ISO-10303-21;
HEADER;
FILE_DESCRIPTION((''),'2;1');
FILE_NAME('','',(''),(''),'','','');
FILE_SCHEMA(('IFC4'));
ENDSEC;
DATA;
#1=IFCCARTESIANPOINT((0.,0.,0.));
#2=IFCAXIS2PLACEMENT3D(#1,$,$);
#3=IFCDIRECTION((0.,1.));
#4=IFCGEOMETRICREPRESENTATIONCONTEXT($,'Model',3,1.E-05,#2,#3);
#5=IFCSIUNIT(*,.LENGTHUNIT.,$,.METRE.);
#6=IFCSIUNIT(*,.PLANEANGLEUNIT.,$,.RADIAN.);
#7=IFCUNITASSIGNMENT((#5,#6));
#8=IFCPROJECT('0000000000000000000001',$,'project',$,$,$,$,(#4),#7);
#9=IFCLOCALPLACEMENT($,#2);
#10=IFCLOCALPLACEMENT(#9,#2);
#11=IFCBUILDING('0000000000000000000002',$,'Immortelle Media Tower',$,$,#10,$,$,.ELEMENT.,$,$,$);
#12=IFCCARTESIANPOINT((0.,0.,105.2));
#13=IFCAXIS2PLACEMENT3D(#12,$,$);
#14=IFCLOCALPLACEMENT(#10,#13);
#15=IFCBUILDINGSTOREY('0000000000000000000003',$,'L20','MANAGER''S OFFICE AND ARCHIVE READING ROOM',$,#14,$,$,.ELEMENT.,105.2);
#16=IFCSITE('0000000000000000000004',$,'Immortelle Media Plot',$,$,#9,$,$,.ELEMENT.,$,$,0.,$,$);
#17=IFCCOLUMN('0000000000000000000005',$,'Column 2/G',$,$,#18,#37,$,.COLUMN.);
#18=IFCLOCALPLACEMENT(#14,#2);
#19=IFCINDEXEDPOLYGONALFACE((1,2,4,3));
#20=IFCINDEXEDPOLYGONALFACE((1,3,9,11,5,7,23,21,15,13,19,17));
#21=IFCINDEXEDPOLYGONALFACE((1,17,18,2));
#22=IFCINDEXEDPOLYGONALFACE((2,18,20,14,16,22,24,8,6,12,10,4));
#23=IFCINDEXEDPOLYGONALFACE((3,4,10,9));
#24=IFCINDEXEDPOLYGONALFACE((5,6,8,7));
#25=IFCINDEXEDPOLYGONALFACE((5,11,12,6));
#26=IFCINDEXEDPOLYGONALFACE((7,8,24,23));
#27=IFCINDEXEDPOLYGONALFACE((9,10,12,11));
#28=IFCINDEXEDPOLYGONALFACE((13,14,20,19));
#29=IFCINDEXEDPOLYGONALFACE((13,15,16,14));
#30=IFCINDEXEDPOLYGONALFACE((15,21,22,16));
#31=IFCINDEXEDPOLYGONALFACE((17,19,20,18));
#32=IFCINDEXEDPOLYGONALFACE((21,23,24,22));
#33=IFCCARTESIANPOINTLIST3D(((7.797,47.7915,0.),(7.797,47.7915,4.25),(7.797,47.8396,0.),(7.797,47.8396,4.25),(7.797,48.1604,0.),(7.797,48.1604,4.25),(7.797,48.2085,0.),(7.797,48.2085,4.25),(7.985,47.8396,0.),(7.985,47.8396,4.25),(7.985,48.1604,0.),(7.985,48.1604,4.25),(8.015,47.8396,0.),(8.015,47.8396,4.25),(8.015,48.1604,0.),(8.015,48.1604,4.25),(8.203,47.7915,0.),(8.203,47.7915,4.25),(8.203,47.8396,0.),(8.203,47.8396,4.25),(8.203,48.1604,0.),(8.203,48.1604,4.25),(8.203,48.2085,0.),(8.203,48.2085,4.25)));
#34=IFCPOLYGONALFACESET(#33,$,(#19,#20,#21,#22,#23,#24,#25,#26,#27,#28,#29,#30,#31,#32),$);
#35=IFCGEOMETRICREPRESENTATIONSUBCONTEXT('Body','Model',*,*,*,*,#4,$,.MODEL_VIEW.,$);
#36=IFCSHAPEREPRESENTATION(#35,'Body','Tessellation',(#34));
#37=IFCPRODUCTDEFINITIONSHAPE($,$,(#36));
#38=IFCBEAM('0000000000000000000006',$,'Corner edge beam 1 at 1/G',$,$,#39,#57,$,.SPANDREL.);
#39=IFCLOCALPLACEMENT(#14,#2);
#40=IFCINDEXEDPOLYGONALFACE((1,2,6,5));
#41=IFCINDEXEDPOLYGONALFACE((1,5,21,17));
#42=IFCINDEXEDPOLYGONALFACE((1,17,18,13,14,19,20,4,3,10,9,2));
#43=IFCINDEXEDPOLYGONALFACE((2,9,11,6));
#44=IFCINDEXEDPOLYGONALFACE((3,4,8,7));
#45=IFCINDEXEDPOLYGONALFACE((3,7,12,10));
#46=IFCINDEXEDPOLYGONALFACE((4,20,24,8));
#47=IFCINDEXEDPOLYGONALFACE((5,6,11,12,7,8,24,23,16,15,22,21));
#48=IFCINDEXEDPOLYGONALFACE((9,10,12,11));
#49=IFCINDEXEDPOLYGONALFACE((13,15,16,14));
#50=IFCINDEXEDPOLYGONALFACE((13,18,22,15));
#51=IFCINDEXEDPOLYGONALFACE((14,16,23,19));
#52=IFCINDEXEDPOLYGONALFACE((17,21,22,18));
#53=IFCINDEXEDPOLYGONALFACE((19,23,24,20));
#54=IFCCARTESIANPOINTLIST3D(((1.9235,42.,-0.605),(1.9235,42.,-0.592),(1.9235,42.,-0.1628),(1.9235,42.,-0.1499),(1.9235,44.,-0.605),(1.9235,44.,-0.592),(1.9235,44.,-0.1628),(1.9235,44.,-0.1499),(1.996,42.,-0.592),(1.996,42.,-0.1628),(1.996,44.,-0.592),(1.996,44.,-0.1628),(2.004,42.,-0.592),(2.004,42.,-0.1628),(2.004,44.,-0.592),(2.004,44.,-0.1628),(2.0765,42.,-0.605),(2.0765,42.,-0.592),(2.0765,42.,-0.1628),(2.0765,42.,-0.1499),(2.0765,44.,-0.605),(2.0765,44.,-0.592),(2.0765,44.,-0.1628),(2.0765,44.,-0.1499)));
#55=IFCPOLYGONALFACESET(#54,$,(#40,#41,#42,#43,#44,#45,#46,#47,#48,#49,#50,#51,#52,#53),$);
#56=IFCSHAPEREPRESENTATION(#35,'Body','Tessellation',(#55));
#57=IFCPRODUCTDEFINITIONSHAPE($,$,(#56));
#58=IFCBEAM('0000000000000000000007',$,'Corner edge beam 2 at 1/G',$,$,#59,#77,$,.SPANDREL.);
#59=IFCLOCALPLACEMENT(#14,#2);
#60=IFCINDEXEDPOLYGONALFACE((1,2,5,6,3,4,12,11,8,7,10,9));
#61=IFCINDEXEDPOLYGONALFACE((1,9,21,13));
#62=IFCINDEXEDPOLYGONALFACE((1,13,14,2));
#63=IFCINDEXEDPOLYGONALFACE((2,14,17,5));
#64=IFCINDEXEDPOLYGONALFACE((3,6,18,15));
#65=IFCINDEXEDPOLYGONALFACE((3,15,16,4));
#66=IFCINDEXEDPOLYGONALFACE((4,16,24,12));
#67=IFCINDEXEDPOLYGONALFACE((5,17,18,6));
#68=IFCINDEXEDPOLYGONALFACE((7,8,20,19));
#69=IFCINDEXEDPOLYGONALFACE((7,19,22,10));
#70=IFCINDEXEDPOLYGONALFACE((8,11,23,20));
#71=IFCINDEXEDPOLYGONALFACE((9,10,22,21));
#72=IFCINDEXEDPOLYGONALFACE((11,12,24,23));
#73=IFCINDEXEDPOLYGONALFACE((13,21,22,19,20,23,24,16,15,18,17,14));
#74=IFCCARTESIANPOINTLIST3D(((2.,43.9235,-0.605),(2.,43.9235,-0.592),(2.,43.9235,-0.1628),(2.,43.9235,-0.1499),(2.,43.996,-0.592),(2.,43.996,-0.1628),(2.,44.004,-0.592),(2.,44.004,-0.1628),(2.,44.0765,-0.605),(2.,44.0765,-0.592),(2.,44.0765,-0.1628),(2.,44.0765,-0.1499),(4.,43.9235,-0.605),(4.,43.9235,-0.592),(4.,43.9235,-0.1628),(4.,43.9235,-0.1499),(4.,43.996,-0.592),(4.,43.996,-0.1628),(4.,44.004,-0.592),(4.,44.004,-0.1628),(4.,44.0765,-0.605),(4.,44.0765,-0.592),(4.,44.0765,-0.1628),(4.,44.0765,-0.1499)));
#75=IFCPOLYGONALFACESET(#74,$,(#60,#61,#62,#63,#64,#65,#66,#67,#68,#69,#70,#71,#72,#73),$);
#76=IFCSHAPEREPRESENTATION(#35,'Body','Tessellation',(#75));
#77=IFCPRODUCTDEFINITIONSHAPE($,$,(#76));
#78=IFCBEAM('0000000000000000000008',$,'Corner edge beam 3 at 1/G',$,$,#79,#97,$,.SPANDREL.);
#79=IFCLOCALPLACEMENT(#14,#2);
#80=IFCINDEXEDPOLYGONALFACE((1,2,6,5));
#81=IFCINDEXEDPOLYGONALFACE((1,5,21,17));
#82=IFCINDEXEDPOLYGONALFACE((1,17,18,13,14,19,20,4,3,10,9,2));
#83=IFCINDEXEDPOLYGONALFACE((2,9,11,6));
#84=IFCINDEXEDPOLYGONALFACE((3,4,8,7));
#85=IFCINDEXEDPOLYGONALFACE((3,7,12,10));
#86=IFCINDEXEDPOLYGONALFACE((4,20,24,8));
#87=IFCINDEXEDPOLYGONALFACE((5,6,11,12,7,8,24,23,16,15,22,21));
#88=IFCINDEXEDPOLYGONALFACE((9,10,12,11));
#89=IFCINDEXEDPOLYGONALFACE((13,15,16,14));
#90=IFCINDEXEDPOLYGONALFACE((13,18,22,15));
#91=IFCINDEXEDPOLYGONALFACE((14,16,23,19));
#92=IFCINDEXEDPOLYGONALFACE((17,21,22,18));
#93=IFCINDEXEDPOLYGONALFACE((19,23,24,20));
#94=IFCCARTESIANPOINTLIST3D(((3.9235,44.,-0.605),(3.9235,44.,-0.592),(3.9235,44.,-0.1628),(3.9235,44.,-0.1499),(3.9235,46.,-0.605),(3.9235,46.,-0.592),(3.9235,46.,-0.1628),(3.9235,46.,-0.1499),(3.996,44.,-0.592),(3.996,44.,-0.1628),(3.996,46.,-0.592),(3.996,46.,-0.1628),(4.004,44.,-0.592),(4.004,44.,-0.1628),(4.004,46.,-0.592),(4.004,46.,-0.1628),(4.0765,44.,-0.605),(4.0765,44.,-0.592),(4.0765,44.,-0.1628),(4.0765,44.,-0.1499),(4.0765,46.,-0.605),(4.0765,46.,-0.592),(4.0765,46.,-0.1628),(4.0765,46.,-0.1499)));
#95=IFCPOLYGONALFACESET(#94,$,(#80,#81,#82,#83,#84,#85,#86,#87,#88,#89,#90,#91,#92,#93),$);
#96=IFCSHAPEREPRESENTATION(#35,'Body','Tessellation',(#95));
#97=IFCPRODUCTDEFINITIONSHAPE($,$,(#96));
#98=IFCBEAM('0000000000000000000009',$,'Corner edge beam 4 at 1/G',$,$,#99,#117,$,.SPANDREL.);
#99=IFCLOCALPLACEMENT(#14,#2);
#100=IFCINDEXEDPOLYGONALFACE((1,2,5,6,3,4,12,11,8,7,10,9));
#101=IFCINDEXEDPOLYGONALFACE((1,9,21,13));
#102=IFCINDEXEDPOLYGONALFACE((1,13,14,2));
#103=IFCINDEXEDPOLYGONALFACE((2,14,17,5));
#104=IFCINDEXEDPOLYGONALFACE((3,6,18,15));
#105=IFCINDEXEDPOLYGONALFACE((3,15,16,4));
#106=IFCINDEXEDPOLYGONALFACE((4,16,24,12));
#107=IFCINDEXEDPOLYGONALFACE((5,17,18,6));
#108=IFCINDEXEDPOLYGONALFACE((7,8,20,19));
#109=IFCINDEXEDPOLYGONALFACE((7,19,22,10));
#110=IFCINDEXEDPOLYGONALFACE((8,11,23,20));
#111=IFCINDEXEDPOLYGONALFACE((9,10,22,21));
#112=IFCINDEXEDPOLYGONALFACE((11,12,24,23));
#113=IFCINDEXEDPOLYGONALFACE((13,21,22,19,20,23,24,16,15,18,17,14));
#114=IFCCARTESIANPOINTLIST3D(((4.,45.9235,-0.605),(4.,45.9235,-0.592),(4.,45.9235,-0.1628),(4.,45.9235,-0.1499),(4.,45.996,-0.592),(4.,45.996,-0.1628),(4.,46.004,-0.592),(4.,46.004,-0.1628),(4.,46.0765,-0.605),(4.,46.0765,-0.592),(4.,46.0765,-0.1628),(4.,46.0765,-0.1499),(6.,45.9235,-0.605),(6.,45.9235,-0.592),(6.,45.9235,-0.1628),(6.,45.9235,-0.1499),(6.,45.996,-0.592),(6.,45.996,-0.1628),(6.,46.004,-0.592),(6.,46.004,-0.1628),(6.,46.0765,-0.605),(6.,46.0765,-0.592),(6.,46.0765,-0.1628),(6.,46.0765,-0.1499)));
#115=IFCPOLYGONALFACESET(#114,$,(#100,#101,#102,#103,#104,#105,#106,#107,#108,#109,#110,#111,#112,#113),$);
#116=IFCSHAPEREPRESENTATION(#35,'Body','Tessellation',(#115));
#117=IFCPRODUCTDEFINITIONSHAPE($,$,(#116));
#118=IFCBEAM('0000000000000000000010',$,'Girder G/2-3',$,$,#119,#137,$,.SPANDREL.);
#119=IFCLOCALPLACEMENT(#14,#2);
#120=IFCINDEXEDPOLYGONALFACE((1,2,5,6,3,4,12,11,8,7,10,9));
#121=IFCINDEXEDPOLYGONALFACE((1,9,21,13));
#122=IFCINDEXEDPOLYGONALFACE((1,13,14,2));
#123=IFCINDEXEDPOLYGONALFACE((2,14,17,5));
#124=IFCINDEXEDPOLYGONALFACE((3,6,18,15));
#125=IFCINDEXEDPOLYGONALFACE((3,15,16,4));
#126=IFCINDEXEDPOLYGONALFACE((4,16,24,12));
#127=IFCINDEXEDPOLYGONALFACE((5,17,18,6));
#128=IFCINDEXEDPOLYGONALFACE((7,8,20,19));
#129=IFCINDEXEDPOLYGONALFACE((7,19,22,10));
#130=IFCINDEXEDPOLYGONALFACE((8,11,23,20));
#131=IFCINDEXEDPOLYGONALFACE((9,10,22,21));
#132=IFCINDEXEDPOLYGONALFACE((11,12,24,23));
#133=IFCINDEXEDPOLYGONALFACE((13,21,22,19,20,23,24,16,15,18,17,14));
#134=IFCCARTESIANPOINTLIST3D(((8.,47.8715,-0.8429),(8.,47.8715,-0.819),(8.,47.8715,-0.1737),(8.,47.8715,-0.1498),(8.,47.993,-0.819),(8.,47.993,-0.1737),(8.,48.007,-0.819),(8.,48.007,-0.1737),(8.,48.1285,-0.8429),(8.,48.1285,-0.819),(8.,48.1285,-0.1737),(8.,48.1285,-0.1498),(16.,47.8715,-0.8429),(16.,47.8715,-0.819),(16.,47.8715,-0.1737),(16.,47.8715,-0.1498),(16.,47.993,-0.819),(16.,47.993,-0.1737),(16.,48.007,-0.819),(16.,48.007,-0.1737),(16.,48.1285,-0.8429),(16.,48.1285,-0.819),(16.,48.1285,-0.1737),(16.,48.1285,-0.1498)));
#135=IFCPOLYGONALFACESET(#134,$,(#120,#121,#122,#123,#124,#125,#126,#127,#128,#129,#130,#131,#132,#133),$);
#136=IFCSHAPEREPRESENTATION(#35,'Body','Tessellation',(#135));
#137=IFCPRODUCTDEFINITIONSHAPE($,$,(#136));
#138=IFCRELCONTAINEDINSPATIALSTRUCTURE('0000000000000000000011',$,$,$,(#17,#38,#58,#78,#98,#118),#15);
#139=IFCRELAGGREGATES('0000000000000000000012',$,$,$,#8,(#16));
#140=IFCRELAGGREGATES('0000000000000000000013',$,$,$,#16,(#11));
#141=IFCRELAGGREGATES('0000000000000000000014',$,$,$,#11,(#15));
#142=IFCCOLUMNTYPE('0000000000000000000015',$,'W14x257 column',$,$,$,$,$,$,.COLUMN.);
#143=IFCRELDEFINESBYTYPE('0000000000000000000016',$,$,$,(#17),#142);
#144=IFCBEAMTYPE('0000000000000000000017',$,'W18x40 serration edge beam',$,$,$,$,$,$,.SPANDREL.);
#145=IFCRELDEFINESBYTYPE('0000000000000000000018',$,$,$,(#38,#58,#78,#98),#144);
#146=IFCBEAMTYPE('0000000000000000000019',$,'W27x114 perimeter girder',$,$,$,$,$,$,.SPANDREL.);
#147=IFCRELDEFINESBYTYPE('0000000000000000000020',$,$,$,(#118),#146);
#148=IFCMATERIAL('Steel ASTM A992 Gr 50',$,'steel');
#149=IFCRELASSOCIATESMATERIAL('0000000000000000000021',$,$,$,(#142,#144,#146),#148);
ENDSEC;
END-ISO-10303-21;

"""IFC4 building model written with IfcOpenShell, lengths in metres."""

from ifc_helpers import new_model, si_unit, direction, frame, origin, origin_2d, place, context, subcontext, project, spatial, i_section, extrude, material, material_profile, profile_set, type_object, element, save


model = new_model("IFC4")

# Units and contexts
model_context = context("Model", 3, precision=1e-05, world=origin(), true_north=direction((0.0, 1.0)))
body_context = subcontext(model_context, "Body", "Model", "MODEL_VIEW")
ifc_project = project(units=[si_unit("LENGTHUNIT", "METRE"), si_unit("PLANEANGLEUNIT", "RADIAN")], contexts=[model_context])

# Site, building, storey
site_placement = place(None, origin())
site = spatial("IfcSite", under=ifc_project, at=site_placement, Name="Immortelle Media Plot", CompositionType="ELEMENT", RefElevation=0.0)
building_placement = place(site_placement, origin())
building = spatial("IfcBuilding", under=site, at=building_placement, Name="Immortelle Media Tower", CompositionType="ELEMENT")
storey_placement = place(building_placement, frame((0.0, 0.0, 105.2)))
storey = spatial("IfcBuildingStorey", under=building, at=storey_placement, Name="L20", Description="MANAGER'S OFFICE AND ARCHIVE READING ROOM", CompositionType="ELEMENT", Elevation=105.2)

# Column
ifc_material_1 = material(Name="Steel ASTM A992 Gr 50", Category="steel")
ifc_material_profile_1 = material_profile(ifc_material_1, i_section(OverallWidth=0.406, OverallDepth=0.417, WebThickness=0.03, FlangeThickness=0.0481, at=origin_2d()), Name="W14x257")
ifc_profile_set_1 = profile_set([ifc_material_profile_1], Name="Steel ASTM A992 Gr 50")
column_type = type_object("IfcColumnType", Name="W14x257 column", PredefinedType="COLUMN", material=ifc_profile_set_1)
column_placement = place(storey_placement, frame((8.0, 48.0, 0.0), z_axis=(0.0, 0.0, 1.0), x_axis=(1.0, 0.0, 0.0)))
element("IfcColumn", 1, at=column_placement, inside=storey, type_object=column_type, Name="Column 2/G", PredefinedType="COLUMN", context=body_context, shape_type="SweptSolid", body=[
    extrude(i_section(OverallWidth=0.406, OverallDepth=0.417, WebThickness=0.03, FlangeThickness=0.0481, at=origin_2d()), origin(), (0.0, 0.0, 1.0), 4.25),
])

# Beams
ifc_material_profile_2 = material_profile(ifc_material_1, i_section(OverallWidth=0.1531, OverallDepth=0.4551, WebThickness=0.0081, FlangeThickness=0.0129, at=origin_2d()), Name="W18x40")
ifc_profile_set_2 = profile_set([ifc_material_profile_2], Name="Steel ASTM A992 Gr 50")
beam_type_1 = type_object("IfcBeamType", Name="W18x40 serration edge beam", PredefinedType="SPANDREL", material=ifc_profile_set_2)
for number, where, z_axis, x_axis, name in (
    (2, (2.0, 42.0, -0.3774), (0.0, 1.0, 0.0), (-1.0, 0.0, 0.0), "Corner edge beam 1 at 1/G"),
    (3, (2.0, 44.0, -0.3774), (1.0, 0.0, 0.0), (0.0, 1.0, 0.0), "Corner edge beam 2 at 1/G"),
    (4, (4.0, 44.0, -0.3774), (0.0, 1.0, 0.0), (-1.0, 0.0, 0.0), "Corner edge beam 3 at 1/G"),
    (5, (4.0, 46.0, -0.3774), (1.0, 0.0, 0.0), (0.0, 1.0, 0.0), "Corner edge beam 4 at 1/G"),
):
    element("IfcBeam", number, at=place(storey_placement, frame(where, z_axis=z_axis, x_axis=x_axis)), inside=storey, type_object=beam_type_1, Name=name, PredefinedType="SPANDREL", context=body_context, shape_type="SweptSolid", body=[
        extrude(i_section(OverallWidth=0.1531, OverallDepth=0.4551, WebThickness=0.0081, FlangeThickness=0.0129, at=origin_2d()), origin(), (0.0, 0.0, 1.0), 2.0),
    ])
ifc_material_profile_3 = material_profile(ifc_material_1, i_section(OverallWidth=0.2571, OverallDepth=0.6931, WebThickness=0.0139, FlangeThickness=0.0239, at=origin_2d()), Name="W27x114")
ifc_profile_set_3 = profile_set([ifc_material_profile_3], Name="Steel ASTM A992 Gr 50")
beam_type_2 = type_object("IfcBeamType", Name="W27x114 perimeter girder", PredefinedType="SPANDREL", material=ifc_profile_set_3)
beam_placement = place(storey_placement, frame((8.0, 48.0, -0.4963), z_axis=(1.0, 0.0, 0.0), x_axis=(0.0, 1.0, 0.0)))
element("IfcBeam", 6, at=beam_placement, inside=storey, type_object=beam_type_2, Name="Girder G/2-3", PredefinedType="SPANDREL", context=body_context, shape_type="SweptSolid", body=[
    extrude(i_section(OverallWidth=0.2571, OverallDepth=0.6931, WebThickness=0.0139, FlangeThickness=0.0239, at=origin_2d()), origin(), (0.0, 0.0, 1.0), 8.0),
])

save(model, "model.ifc")
